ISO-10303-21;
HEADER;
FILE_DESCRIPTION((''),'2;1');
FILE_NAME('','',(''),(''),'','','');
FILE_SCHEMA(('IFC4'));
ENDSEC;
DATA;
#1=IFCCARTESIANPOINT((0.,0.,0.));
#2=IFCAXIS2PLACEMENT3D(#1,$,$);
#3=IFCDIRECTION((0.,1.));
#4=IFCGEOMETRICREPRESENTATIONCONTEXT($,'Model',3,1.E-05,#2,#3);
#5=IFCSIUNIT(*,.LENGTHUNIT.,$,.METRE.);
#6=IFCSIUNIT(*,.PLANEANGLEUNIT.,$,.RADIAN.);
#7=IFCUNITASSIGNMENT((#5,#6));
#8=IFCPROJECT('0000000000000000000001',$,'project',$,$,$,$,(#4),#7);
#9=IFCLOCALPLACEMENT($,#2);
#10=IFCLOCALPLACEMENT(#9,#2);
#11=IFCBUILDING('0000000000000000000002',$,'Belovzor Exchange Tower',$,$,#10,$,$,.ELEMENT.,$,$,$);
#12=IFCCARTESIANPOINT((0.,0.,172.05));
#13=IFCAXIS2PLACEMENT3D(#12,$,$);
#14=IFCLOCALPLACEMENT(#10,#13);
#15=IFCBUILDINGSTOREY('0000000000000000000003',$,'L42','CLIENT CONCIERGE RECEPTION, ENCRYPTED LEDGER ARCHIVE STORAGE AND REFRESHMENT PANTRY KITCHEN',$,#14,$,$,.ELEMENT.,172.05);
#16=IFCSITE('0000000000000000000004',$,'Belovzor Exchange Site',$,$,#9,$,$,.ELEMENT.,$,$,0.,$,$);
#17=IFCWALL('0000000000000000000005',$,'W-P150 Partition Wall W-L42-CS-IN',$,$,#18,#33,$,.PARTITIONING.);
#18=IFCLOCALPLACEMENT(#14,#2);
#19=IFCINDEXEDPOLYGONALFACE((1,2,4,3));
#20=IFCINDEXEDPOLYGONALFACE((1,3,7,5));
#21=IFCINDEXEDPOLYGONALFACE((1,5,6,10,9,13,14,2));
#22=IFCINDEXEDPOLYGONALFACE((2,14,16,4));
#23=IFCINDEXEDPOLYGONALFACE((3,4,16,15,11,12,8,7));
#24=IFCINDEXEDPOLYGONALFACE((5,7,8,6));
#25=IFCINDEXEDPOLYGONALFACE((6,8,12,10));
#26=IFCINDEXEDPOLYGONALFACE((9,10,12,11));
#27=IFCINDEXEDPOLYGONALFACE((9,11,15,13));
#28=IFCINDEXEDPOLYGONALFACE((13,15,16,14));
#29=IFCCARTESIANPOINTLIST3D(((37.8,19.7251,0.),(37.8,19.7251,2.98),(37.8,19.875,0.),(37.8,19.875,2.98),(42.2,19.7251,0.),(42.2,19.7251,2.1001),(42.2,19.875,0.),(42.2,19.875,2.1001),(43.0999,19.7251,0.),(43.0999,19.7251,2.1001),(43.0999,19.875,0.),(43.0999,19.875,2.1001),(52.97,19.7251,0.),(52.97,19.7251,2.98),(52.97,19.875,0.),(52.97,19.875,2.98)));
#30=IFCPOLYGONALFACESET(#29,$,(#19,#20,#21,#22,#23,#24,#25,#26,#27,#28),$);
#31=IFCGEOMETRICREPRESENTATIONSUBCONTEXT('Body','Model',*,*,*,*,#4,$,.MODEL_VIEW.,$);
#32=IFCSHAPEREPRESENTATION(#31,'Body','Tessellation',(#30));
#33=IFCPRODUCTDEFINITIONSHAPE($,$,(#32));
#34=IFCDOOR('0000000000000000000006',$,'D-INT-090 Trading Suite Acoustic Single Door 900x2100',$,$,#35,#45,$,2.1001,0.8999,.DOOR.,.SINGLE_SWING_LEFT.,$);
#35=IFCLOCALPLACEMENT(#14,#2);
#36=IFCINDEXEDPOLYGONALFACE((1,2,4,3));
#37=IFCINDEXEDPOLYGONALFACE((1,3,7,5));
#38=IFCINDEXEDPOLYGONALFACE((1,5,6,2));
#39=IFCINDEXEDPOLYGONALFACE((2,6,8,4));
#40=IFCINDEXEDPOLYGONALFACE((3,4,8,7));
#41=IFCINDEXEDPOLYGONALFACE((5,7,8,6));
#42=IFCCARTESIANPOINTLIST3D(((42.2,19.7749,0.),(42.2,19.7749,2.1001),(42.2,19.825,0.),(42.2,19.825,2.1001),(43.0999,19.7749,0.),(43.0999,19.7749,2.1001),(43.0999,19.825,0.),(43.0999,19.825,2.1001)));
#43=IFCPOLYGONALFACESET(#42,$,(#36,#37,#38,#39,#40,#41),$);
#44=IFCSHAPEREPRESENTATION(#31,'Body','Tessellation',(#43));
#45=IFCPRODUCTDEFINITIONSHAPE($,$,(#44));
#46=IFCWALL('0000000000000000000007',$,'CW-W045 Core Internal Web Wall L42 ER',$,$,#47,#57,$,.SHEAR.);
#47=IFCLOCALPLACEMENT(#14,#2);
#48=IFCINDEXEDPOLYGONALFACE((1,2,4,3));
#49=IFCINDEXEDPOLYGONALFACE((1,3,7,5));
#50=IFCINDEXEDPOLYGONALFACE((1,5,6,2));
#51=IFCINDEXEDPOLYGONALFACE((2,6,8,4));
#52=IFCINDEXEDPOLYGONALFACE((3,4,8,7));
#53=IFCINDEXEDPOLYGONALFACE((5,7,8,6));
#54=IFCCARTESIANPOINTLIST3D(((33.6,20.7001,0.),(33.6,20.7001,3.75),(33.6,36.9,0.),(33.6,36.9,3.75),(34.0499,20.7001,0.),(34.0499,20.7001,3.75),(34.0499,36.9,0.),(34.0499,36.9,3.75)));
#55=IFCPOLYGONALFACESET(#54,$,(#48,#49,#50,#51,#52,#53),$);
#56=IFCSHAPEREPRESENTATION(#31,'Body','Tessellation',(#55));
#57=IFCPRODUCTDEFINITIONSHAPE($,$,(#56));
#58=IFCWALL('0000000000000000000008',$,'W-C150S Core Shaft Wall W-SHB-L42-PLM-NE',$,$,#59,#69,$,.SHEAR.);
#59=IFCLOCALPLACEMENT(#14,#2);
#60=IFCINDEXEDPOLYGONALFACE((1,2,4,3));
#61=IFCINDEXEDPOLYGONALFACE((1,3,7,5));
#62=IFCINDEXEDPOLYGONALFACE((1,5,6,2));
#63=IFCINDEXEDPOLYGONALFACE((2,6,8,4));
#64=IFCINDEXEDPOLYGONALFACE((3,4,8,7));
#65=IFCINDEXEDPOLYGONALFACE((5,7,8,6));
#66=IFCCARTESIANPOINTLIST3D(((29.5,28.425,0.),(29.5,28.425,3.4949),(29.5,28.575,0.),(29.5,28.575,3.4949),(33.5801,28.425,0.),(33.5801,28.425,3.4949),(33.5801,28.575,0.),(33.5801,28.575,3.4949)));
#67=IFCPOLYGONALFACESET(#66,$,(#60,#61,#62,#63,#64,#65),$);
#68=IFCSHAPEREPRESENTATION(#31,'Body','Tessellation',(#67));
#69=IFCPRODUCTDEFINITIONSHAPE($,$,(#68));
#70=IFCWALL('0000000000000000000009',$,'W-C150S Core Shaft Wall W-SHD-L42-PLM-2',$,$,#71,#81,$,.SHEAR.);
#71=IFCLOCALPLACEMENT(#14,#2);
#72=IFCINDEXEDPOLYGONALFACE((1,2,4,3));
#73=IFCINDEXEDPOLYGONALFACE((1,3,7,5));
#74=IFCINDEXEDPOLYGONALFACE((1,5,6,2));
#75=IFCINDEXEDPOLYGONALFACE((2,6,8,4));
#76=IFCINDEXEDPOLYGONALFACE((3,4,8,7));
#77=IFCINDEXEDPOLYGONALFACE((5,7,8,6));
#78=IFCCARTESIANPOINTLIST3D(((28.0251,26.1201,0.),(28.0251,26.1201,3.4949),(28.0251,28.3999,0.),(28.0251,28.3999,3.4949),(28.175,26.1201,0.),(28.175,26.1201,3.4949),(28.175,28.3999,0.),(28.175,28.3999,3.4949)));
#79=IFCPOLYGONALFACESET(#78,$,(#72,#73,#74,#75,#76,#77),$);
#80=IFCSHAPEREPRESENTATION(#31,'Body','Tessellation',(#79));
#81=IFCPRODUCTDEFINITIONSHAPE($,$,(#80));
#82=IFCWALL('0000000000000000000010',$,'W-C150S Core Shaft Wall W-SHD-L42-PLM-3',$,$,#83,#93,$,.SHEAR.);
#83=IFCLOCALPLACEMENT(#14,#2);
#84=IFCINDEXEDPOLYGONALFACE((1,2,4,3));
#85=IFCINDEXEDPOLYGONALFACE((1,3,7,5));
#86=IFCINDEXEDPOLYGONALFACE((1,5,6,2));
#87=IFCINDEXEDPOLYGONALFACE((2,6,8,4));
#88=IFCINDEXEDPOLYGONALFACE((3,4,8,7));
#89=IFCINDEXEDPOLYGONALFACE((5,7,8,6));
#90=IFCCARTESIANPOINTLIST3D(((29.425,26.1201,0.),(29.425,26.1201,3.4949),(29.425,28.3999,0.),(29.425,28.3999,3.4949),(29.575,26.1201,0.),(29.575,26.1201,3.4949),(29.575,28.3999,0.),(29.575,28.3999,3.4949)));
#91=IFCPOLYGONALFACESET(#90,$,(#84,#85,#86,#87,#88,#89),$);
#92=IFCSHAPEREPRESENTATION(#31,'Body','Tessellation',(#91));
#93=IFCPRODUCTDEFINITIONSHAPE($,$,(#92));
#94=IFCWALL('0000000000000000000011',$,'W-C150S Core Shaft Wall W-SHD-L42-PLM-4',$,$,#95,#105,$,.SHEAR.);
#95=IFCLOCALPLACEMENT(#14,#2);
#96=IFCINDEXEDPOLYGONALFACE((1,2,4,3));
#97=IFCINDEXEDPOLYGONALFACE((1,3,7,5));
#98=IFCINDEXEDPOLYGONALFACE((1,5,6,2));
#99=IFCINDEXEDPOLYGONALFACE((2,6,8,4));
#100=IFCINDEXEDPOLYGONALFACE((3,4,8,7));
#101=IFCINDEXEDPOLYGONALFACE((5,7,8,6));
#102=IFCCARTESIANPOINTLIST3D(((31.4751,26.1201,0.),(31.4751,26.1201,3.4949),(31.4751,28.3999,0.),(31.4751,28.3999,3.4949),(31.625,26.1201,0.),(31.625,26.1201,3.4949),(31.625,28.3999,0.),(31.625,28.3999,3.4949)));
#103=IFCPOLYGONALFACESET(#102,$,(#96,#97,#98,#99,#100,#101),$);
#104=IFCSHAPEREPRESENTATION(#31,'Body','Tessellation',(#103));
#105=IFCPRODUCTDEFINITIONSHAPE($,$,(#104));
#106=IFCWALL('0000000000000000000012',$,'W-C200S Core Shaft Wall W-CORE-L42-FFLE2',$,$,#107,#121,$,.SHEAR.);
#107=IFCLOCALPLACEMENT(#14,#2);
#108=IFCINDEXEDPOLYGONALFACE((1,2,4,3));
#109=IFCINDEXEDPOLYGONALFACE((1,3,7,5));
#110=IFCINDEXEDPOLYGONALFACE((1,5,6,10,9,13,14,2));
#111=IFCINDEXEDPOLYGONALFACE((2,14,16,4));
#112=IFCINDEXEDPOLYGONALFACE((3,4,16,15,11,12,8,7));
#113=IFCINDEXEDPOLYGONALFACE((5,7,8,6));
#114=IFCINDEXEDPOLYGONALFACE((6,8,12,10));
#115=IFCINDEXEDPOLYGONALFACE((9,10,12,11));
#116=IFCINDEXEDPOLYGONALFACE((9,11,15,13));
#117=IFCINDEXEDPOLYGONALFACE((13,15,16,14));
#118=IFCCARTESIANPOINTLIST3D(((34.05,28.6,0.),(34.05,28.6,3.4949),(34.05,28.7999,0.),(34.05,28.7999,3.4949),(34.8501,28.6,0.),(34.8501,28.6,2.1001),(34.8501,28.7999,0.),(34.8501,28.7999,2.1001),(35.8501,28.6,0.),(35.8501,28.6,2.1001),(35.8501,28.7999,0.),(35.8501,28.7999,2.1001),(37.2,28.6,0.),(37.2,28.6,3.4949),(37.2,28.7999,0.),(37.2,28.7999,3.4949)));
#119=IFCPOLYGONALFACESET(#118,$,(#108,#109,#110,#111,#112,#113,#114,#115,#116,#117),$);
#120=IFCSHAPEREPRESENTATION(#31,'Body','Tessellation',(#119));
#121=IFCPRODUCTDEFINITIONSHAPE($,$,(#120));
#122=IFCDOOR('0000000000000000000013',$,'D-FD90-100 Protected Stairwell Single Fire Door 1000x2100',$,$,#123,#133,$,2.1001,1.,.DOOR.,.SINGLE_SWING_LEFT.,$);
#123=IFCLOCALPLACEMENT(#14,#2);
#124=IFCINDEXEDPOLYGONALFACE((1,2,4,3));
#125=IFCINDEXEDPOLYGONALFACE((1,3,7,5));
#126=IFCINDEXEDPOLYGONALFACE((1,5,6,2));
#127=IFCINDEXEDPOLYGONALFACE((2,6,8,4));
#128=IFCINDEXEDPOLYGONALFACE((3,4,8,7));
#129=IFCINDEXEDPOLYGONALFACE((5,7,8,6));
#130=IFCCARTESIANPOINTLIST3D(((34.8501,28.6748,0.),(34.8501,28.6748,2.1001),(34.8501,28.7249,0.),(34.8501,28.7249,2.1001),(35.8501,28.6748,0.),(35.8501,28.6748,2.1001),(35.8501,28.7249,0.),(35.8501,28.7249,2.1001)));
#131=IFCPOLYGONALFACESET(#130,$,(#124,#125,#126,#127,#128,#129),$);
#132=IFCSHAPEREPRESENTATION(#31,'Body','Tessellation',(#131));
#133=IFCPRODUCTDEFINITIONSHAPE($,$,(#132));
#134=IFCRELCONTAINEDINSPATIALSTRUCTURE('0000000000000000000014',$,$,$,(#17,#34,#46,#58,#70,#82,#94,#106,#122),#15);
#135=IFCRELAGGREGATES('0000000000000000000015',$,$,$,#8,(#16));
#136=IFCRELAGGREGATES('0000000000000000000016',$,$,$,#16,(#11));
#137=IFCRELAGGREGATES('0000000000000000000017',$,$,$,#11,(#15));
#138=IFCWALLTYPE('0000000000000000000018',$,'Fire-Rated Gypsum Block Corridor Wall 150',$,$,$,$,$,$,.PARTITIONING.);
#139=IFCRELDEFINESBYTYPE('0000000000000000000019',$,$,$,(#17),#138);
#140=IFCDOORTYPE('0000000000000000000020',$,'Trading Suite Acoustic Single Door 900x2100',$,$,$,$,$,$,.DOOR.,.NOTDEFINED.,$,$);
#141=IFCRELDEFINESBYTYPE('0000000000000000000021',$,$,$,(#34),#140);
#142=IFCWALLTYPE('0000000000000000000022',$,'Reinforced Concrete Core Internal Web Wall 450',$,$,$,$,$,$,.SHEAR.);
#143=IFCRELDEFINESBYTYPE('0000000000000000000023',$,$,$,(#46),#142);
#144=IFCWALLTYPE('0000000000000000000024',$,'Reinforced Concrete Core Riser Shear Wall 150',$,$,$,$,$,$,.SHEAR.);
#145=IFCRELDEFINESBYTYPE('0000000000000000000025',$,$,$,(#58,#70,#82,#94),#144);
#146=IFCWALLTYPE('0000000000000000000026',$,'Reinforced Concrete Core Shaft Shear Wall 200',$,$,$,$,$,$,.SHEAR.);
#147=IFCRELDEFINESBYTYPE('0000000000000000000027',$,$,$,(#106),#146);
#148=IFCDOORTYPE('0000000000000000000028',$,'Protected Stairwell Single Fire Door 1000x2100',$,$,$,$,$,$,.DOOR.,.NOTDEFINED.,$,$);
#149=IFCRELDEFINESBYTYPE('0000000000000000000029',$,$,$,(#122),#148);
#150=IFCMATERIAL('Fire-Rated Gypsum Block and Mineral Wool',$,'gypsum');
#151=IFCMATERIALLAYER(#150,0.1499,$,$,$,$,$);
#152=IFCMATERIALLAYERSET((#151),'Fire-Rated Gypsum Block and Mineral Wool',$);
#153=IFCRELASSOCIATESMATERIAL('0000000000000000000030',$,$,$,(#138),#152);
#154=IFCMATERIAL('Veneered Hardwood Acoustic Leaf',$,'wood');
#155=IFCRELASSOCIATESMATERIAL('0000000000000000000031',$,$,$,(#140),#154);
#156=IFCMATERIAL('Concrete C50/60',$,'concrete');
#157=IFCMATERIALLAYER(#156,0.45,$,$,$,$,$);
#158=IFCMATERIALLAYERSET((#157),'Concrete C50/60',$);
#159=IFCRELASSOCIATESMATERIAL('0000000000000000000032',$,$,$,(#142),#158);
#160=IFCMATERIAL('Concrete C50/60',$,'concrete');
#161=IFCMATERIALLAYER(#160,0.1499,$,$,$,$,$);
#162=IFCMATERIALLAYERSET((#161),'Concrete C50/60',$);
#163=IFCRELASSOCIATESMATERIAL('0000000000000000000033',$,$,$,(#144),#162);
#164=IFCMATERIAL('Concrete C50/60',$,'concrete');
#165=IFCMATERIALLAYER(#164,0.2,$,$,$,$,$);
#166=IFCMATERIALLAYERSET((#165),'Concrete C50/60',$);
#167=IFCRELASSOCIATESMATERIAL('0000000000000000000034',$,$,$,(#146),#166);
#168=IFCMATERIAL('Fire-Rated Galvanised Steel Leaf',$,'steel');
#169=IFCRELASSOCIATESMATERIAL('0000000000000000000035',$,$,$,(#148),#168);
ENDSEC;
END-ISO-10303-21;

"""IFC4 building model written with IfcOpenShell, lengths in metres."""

from ifc_helpers import new_model, si_unit, direction, frame, frame_2d, origin, place, context, subcontext, project, spatial, rectangle, extrude, material, layer, layer_set, type_object, element, fill, save


model = new_model("IFC4")

# Units and contexts
model_context = context("Model", 3, precision=1e-05, world=origin(), true_north=direction((0.0, 1.0)))
body_context = subcontext(model_context, "Body", "Model", "MODEL_VIEW")
ifc_project = project(units=[si_unit("LENGTHUNIT", "METRE"), si_unit("PLANEANGLEUNIT", "RADIAN")], contexts=[model_context])

# Site, building, storey
site_placement = place(None, origin())
site = spatial("IfcSite", under=ifc_project, at=site_placement, Name="Belovzor Exchange Site", CompositionType="ELEMENT", RefElevation=0.0)
building_placement = place(site_placement, origin())
building = spatial("IfcBuilding", under=site, at=building_placement, Name="Belovzor Exchange Tower", CompositionType="ELEMENT")
storey_placement = place(building_placement, frame((0.0, 0.0, 172.05)))
storey = spatial("IfcBuildingStorey", under=building, at=storey_placement, Name="L42", Description="CLIENT CONCIERGE RECEPTION, ENCRYPTED LEDGER ARCHIVE STORAGE AND REFRESHMENT PANTRY KITCHEN", CompositionType="ELEMENT", Elevation=172.05)

# Shared definitions
ifc_material_1 = material(Name="Fire-Rated Gypsum Block and Mineral Wool", Category="gypsum")
ifc_layer_1 = layer(ifc_material_1, 0.1499)
ifc_layer_set_1 = layer_set([ifc_layer_1], Name="Fire-Rated Gypsum Block and Mineral Wool")
wall_type_1 = type_object("IfcWallType", Name="Fire-Rated Gypsum Block Corridor Wall 150", PredefinedType="PARTITIONING", material=ifc_layer_set_1)

# Wall, opening, door
wall_1_placement = place(storey_placement, frame((37.8, 19.8, 0.0), z_axis=(0.0, 0.0, 1.0), x_axis=(1.0, 0.0, 0.0)))
wall_1 = element("IfcWall", 1, at=wall_1_placement, inside=storey, type_object=wall_type_1, Name="W-P150 Partition Wall W-L42-CS-IN", PredefinedType="PARTITIONING", context=body_context, shape_type="SweptSolid", body=[
    extrude(rectangle(XDim=15.1699, YDim=0.1499, at=frame_2d((7.585, 0.0))), origin(), (0.0, 0.0, 1.0), 2.98),
])
opening_1_placement = place(wall_1_placement, frame((4.3999, 0.0, 0.0)))
opening_1 = element("IfcOpeningElement", 2, at=opening_1_placement, cuts=wall_1, PredefinedType="OPENING", context=body_context, shape_type="SweptSolid", body=[
    extrude(rectangle(XDim=0.8999, YDim=2.1001, at=frame_2d((0.45, 1.05))), frame((0.0, 0.085, 0.0), z_axis=(0.0, -1.0, 0.0), x_axis=(1.0, 0.0, 0.0)), (0.0, 0.0, 1.0), 0.1699),
])
ifc_material_2 = material(Name="Veneered Hardwood Acoustic Leaf", Category="wood")
door_type_1 = type_object("IfcDoorType", Name="Trading Suite Acoustic Single Door 900x2100", OperationType="NOTDEFINED", PredefinedType="DOOR", material=ifc_material_2)
door_1_placement = place(opening_1_placement, origin())
door_1 = element("IfcDoor", 3, at=door_1_placement, inside=storey, type_object=door_type_1, Name="D-INT-090 Trading Suite Acoustic Single Door 900x2100", OperationType="SINGLE_SWING_LEFT", OverallHeight=2.1001, OverallWidth=0.8999, PredefinedType="DOOR", context=body_context, shape_type="SweptSolid", body=[
    extrude(rectangle(XDim=0.8999, YDim=2.1001, at=frame_2d((0.45, 1.05))), frame((0.0, 0.0249, 0.0), z_axis=(0.0, -1.0, 0.0), x_axis=(1.0, 0.0, 0.0)), (0.0, 0.0, 1.0), 0.05),
])
fill(opening_1, door_1)

# Walls
ifc_material_3 = material(Name="Concrete C50/60", Category="concrete")
ifc_layer_2 = layer(ifc_material_3, 0.45)
ifc_layer_set_2 = layer_set([ifc_layer_2], Name="Concrete C50/60")
wall_type_2 = type_object("IfcWallType", Name="Reinforced Concrete Core Internal Web Wall 450", PredefinedType="SHEAR", material=ifc_layer_set_2)
wall_2_placement = place(storey_placement, frame((33.825, 20.7, 0.0), z_axis=(0.0, 0.0, 1.0), x_axis=(0.0, 1.0, 0.0)))
element("IfcWall", 4, at=wall_2_placement, inside=storey, type_object=wall_type_2, Name="CW-W045 Core Internal Web Wall L42 ER", PredefinedType="SHEAR", context=body_context, shape_type="SweptSolid", body=[
    extrude(rectangle(XDim=16.2, YDim=0.45, at=frame_2d((8.1001, 0.0))), origin(), (0.0, 0.0, 1.0), 3.75),
])
ifc_material_4 = material(Name="Concrete C50/60", Category="concrete")
ifc_layer_3 = layer(ifc_material_4, 0.1499)
ifc_layer_set_3 = layer_set([ifc_layer_3], Name="Concrete C50/60")
wall_type_3 = type_object("IfcWallType", Name="Reinforced Concrete Core Riser Shear Wall 150", PredefinedType="SHEAR", material=ifc_layer_set_3)
wall_3_placement = place(storey_placement, frame((29.5, 28.5, 0.0), z_axis=(0.0, 0.0, 1.0), x_axis=(1.0, 0.0, 0.0)))
element("IfcWall", 5, at=wall_3_placement, inside=storey, type_object=wall_type_3, Name="W-C150S Core Shaft Wall W-SHB-L42-PLM-NE", PredefinedType="SHEAR", context=body_context, shape_type="SweptSolid", body=[
    extrude(rectangle(XDim=4.0801, YDim=0.1499, at=frame_2d((2.04, 0.0))), origin(), (0.0, 0.0, 1.0), 3.4949),
])
for number, where, z_axis, x_axis, name in (
    (6, (28.1001, 26.1201, 0.0), (0.0, 0.0, 1.0), (0.0, 1.0, 0.0), "W-C150S Core Shaft Wall W-SHD-L42-PLM-2"),
    (7, (29.5, 26.1201, 0.0), (0.0, 0.0, 1.0), (0.0, 1.0, 0.0), "W-C150S Core Shaft Wall W-SHD-L42-PLM-3"),
    (8, (31.55, 26.1201, 0.0), (0.0, 0.0, 1.0), (0.0, 1.0, 0.0), "W-C150S Core Shaft Wall W-SHD-L42-PLM-4"),
):
    element("IfcWall", number, at=place(storey_placement, frame(where, z_axis=z_axis, x_axis=x_axis)), inside=storey, type_object=wall_type_3, Name=name, PredefinedType="SHEAR", context=body_context, shape_type="SweptSolid", body=[
        extrude(rectangle(XDim=2.2798, YDim=0.1499, at=frame_2d((1.1399, 0.0))), origin(), (0.0, 0.0, 1.0), 3.4949),
    ])

# Wall, opening, door
ifc_material_5 = material(Name="Concrete C50/60", Category="concrete")
ifc_layer_4 = layer(ifc_material_5, 0.2)
ifc_layer_set_4 = layer_set([ifc_layer_4], Name="Concrete C50/60")
wall_type_4 = type_object("IfcWallType", Name="Reinforced Concrete Core Shaft Shear Wall 200", PredefinedType="SHEAR", material=ifc_layer_set_4)
wall_4_placement = place(storey_placement, frame((34.05, 28.7, 0.0), z_axis=(0.0, 0.0, 1.0), x_axis=(1.0, 0.0, 0.0)))
wall_4 = element("IfcWall", 9, at=wall_4_placement, inside=storey, type_object=wall_type_4, Name="W-C200S Core Shaft Wall W-CORE-L42-FFLE2", PredefinedType="SHEAR", context=body_context, shape_type="SweptSolid", body=[
    extrude(rectangle(XDim=3.1499, YDim=0.2, at=frame_2d((1.575, 0.0))), origin(), (0.0, 0.0, 1.0), 3.4949),
])
opening_2_placement = place(wall_4_placement, frame((0.8, 0.0, 0.0)))
opening_2 = element("IfcOpeningElement", 10, at=opening_2_placement, cuts=wall_4, PredefinedType="OPENING", context=body_context, shape_type="SweptSolid", body=[
    extrude(rectangle(XDim=1.0, YDim=2.1001, at=frame_2d((0.5, 1.05))), frame((0.0, 0.1099, 0.0), z_axis=(0.0, -1.0, 0.0), x_axis=(1.0, 0.0, 0.0)), (0.0, 0.0, 1.0), 0.22),
])
ifc_material_6 = material(Name="Fire-Rated Galvanised Steel Leaf", Category="steel")
door_type_2 = type_object("IfcDoorType", Name="Protected Stairwell Single Fire Door 1000x2100", OperationType="NOTDEFINED", PredefinedType="DOOR", material=ifc_material_6)
door_2_placement = place(opening_2_placement, origin())
door_2 = element("IfcDoor", 11, at=door_2_placement, inside=storey, type_object=door_type_2, Name="D-FD90-100 Protected Stairwell Single Fire Door 1000x2100", OperationType="SINGLE_SWING_LEFT", OverallHeight=2.1001, OverallWidth=1.0, PredefinedType="DOOR", context=body_context, shape_type="SweptSolid", body=[
    extrude(rectangle(XDim=1.0, YDim=2.1001, at=frame_2d((0.5, 1.05))), frame((0.0, 0.0249, 0.0), z_axis=(0.0, -1.0, 0.0), x_axis=(1.0, 0.0, 0.0)), (0.0, 0.0, 1.0), 0.05),
])
fill(opening_2, door_2)

save(model, "model.ifc")
